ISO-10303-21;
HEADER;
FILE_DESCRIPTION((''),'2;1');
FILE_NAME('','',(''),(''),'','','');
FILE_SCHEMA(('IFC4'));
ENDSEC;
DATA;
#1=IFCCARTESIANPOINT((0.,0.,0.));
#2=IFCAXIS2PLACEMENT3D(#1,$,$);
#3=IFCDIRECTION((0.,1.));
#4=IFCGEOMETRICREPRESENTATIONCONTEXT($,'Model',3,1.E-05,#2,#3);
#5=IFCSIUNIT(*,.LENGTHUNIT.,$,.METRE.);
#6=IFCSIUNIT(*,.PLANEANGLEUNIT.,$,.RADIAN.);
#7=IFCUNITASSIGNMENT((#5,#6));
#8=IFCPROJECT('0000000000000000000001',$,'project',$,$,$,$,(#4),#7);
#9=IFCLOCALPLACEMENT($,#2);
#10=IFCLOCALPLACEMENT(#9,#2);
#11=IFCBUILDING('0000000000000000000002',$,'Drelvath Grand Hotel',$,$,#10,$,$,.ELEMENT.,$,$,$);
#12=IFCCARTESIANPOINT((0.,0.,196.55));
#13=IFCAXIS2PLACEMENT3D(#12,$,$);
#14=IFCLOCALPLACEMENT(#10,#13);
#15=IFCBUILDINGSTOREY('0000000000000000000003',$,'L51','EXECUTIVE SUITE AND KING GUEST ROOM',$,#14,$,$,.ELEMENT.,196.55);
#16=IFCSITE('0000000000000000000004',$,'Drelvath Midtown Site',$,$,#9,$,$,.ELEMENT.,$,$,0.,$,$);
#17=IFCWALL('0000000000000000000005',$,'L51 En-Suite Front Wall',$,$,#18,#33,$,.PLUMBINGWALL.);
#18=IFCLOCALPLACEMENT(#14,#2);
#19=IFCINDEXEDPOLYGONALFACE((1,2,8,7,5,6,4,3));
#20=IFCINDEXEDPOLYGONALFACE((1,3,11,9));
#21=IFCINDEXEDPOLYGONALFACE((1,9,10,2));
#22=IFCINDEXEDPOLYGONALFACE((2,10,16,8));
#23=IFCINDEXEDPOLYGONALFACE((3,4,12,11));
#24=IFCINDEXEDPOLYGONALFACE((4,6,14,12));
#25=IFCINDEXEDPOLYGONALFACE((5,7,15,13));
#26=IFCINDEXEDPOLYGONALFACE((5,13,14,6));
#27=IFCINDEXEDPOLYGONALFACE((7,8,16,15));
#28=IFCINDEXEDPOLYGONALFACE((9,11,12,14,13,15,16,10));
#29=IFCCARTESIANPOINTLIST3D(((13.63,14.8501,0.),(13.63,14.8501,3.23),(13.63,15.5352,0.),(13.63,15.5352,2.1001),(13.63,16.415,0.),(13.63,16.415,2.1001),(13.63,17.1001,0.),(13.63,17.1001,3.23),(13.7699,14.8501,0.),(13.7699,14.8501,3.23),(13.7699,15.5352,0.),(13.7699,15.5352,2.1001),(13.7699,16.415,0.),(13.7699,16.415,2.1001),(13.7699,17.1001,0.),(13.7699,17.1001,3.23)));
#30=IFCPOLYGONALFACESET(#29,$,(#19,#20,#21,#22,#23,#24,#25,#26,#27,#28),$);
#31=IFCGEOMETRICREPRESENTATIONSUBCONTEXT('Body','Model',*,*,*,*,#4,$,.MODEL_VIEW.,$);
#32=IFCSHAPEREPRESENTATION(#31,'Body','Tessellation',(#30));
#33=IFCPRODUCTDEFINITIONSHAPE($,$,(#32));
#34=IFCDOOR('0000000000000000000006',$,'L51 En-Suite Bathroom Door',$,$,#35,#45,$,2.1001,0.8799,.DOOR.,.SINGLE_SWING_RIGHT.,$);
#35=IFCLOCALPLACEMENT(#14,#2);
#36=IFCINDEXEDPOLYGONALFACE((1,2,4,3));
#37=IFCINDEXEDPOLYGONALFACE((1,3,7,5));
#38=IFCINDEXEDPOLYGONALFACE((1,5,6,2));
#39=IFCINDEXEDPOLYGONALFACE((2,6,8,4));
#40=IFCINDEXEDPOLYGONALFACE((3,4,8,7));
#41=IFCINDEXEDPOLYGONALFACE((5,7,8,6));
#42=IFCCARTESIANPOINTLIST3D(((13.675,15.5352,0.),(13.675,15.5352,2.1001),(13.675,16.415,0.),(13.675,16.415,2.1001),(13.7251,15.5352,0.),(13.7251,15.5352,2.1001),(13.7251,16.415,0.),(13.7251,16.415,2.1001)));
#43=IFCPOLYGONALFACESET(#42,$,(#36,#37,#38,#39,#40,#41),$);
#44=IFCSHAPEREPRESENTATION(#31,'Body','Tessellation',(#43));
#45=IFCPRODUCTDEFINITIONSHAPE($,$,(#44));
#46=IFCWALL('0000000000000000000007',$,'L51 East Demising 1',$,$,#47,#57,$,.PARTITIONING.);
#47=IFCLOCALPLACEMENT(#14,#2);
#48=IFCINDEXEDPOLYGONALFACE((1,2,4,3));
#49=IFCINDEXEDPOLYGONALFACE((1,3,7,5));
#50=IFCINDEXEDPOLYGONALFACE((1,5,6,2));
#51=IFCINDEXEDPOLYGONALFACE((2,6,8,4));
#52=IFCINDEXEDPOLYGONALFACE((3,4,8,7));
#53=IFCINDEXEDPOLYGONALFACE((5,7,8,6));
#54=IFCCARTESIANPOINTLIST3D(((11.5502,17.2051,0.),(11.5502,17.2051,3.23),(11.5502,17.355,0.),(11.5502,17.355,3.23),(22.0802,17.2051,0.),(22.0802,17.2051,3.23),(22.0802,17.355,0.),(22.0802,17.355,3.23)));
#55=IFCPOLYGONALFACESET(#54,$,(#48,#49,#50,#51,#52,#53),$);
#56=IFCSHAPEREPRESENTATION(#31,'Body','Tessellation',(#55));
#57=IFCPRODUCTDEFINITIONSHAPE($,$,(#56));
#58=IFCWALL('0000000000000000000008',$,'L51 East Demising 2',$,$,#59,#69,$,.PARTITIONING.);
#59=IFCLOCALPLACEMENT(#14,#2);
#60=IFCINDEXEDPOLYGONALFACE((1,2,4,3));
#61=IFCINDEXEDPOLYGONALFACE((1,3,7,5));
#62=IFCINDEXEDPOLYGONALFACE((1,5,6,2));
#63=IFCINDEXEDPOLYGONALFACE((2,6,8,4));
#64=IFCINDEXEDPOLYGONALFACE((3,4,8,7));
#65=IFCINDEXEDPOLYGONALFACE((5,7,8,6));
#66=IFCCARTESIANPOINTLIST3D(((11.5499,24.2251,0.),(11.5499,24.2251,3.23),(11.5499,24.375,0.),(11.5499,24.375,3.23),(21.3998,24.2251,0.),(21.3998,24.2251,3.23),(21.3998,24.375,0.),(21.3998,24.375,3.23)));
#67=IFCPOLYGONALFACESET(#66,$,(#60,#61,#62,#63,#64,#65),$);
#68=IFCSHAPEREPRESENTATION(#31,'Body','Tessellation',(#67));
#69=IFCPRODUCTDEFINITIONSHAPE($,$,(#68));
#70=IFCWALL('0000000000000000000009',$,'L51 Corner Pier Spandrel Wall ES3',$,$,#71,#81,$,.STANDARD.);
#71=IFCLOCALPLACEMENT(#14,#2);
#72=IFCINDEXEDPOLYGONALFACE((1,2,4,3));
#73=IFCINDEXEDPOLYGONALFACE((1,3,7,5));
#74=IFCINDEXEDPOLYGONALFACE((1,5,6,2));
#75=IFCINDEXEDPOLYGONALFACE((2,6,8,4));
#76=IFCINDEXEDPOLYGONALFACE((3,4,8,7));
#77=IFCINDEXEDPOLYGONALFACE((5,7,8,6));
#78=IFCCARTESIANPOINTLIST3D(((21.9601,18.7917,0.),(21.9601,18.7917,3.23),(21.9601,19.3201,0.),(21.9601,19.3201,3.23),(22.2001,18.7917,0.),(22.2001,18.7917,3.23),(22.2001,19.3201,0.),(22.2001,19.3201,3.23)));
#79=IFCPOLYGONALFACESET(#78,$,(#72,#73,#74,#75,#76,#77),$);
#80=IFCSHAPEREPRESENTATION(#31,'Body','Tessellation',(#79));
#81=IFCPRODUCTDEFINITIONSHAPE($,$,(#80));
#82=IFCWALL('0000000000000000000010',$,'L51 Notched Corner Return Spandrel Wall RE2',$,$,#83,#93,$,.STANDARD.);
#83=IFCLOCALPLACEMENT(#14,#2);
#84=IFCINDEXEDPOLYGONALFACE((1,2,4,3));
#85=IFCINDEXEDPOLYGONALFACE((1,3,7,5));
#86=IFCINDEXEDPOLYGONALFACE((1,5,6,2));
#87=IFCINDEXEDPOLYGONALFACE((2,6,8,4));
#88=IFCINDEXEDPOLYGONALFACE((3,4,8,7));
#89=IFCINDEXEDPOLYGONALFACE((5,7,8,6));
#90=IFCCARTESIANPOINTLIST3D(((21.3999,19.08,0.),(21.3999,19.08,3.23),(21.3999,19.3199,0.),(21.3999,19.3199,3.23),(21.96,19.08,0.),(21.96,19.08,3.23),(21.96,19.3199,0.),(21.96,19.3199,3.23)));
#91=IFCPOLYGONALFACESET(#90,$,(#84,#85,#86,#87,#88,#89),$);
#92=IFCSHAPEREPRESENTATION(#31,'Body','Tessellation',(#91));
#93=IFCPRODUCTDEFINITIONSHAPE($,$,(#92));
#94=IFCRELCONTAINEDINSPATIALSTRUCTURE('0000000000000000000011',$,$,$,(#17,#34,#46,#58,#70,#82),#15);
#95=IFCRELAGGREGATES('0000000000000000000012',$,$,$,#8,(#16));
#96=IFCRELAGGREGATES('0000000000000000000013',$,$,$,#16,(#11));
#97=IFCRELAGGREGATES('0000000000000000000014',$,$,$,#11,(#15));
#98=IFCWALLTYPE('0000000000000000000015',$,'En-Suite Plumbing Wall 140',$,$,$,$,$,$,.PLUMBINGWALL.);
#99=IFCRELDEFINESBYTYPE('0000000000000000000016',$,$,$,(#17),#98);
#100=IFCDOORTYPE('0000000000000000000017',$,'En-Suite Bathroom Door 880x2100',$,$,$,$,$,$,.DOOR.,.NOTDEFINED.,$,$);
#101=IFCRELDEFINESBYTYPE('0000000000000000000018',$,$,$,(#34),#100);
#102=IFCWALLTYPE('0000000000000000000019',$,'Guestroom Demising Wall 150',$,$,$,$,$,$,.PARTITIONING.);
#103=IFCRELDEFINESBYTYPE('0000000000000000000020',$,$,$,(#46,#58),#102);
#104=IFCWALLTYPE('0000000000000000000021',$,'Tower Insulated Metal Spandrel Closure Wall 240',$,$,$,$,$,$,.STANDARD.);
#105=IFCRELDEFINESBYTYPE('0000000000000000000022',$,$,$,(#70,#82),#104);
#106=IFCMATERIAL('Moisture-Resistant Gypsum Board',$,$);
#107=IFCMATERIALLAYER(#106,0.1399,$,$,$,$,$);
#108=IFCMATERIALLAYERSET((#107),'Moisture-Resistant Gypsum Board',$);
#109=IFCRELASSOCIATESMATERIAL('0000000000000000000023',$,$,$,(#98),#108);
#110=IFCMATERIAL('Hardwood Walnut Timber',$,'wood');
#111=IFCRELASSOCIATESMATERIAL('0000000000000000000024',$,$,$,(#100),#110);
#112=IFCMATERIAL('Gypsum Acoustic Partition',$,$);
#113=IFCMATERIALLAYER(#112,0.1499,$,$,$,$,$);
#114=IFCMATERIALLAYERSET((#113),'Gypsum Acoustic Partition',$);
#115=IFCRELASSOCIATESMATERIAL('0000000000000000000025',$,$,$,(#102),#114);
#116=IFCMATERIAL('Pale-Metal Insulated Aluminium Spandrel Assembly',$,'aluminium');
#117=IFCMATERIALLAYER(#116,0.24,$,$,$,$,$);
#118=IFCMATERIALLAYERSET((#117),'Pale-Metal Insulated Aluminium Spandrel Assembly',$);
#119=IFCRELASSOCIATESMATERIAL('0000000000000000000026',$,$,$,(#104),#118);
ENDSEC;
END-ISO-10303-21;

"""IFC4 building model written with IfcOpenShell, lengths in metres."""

from ifc_helpers import new_model, si_unit, direction, frame, frame_2d, origin, place, context, subcontext, project, spatial, rectangle, extrude, material, layer, layer_set, type_object, element, fill, save


model = new_model("IFC4")

# Units and contexts
model_context = context("Model", 3, precision=1e-05, world=origin(), true_north=direction((0.0, 1.0)))
body_context = subcontext(model_context, "Body", "Model", "MODEL_VIEW")
ifc_project = project(units=[si_unit("LENGTHUNIT", "METRE"), si_unit("PLANEANGLEUNIT", "RADIAN")], contexts=[model_context])

# Site, building, storey
site_placement = place(None, origin())
site = spatial("IfcSite", under=ifc_project, at=site_placement, Name="Drelvath Midtown Site", CompositionType="ELEMENT", RefElevation=0.0)
building_placement = place(site_placement, origin())
building = spatial("IfcBuilding", under=site, at=building_placement, Name="Drelvath Grand Hotel", CompositionType="ELEMENT")
storey_placement = place(building_placement, frame((0.0, 0.0, 196.55)))
storey = spatial("IfcBuildingStorey", under=building, at=storey_placement, Name="L51", Description="EXECUTIVE SUITE AND KING GUEST ROOM", CompositionType="ELEMENT", Elevation=196.55)

# Wall, opening, door
ifc_material_1 = material(Name="Moisture-Resistant Gypsum Board")
ifc_layer_1 = layer(ifc_material_1, 0.1399)
ifc_layer_set_1 = layer_set([ifc_layer_1], Name="Moisture-Resistant Gypsum Board")
wall_type_1 = type_object("IfcWallType", Name="En-Suite Plumbing Wall 140", PredefinedType="PLUMBINGWALL", material=ifc_layer_set_1)
wall_1_placement = place(storey_placement, frame((13.7, 14.8501, 0.0), z_axis=(0.0, 0.0, 1.0), x_axis=(0.0, 1.0, 0.0)))
wall_1 = element("IfcWall", 1, at=wall_1_placement, inside=storey, type_object=wall_type_1, Name="L51 En-Suite Front Wall", PredefinedType="PLUMBINGWALL", context=body_context, shape_type="SweptSolid", body=[
    extrude(rectangle(XDim=2.25, YDim=0.1399, at=frame_2d((1.125, 0.0))), origin(), (0.0, 0.0, 1.0), 3.23),
])
opening_placement = place(wall_1_placement, frame((0.6851, 0.0, 0.0)))
opening = element("IfcOpeningElement", 2, at=opening_placement, cuts=wall_1, PredefinedType="OPENING", context=body_context, shape_type="SweptSolid", body=[
    extrude(rectangle(XDim=0.8799, YDim=2.1001, at=frame_2d((0.4399, 1.05))), frame((0.0, 0.0798, 0.0), z_axis=(0.0, -1.0, 0.0), x_axis=(1.0, 0.0, 0.0)), (0.0, 0.0, 1.0), 0.1599),
])
ifc_material_2 = material(Name="Hardwood Walnut Timber", Category="wood")
door_type = type_object("IfcDoorType", Name="En-Suite Bathroom Door 880x2100", OperationType="NOTDEFINED", PredefinedType="DOOR", material=ifc_material_2)
door_placement = place(opening_placement, origin())
door = element("IfcDoor", 3, at=door_placement, inside=storey, type_object=door_type, Name="L51 En-Suite Bathroom Door", OperationType="SINGLE_SWING_RIGHT", OverallHeight=2.1001, OverallWidth=0.8799, PredefinedType="DOOR", context=body_context, shape_type="SweptSolid", body=[
    extrude(rectangle(XDim=0.8799, YDim=2.1001, at=frame_2d((0.4399, 1.05))), frame((0.0, 0.0249, 0.0), z_axis=(0.0, -1.0, 0.0), x_axis=(1.0, 0.0, 0.0)), (0.0, 0.0, 1.0), 0.05),
])
fill(opening, door)

# Walls
ifc_material_3 = material(Name="Gypsum Acoustic Partition")
ifc_layer_2 = layer(ifc_material_3, 0.1499)
ifc_layer_set_2 = layer_set([ifc_layer_2], Name="Gypsum Acoustic Partition")
wall_type_2 = type_object("IfcWallType", Name="Guestroom Demising Wall 150", PredefinedType="PARTITIONING", material=ifc_layer_set_2)
wall_2_placement = place(storey_placement, frame((11.55, 17.28, 0.0), z_axis=(0.0, 0.0, 1.0), x_axis=(1.0, 0.0, 0.0)))
element("IfcWall", 4, at=wall_2_placement, inside=storey, type_object=wall_type_2, Name="L51 East Demising 1", PredefinedType="PARTITIONING", context=body_context, shape_type="SweptSolid", body=[
    extrude(rectangle(XDim=10.53, YDim=0.1499, at=frame_2d((5.2651, 0.0))), origin(), (0.0, 0.0, 1.0), 3.23),
])
wall_3_placement = place(storey_placement, frame((11.55, 24.3, 0.0), z_axis=(0.0, 0.0, 1.0), x_axis=(1.0, 0.0, 0.0)))
element("IfcWall", 5, at=wall_3_placement, inside=storey, type_object=wall_type_2, Name="L51 East Demising 2", PredefinedType="PARTITIONING", context=body_context, shape_type="SweptSolid", body=[
    extrude(rectangle(XDim=9.8499, YDim=0.1499, at=frame_2d((4.9248, 0.0))), origin(), (0.0, 0.0, 1.0), 3.23),
])
ifc_material_4 = material(Name="Pale-Metal Insulated Aluminium Spandrel Assembly", Category="aluminium")
ifc_layer_3 = layer(ifc_material_4, 0.24)
ifc_layer_set_3 = layer_set([ifc_layer_3], Name="Pale-Metal Insulated Aluminium Spandrel Assembly")
wall_type_3 = type_object("IfcWallType", Name="Tower Insulated Metal Spandrel Closure Wall 240", PredefinedType="STANDARD", material=ifc_layer_set_3)
wall_4_placement = place(storey_placement, frame((22.0801, 19.3201, 0.0), z_axis=(0.0, 0.0, 1.0), x_axis=(0.0, -1.0, 0.0)))
element("IfcWall", 6, at=wall_4_placement, inside=storey, type_object=wall_type_3, Name="L51 Corner Pier Spandrel Wall ES3", PredefinedType="STANDARD", context=body_context, shape_type="SweptSolid", body=[
    extrude(rectangle(XDim=0.5283, YDim=0.24, at=frame_2d((0.2642, 0.0))), origin(), (0.0, 0.0, 1.0), 3.23),
])
wall_5_placement = place(storey_placement, frame((21.3999, 19.2, 0.0), z_axis=(0.0, 0.0, 1.0), x_axis=(1.0, 0.0, 0.0)))
element("IfcWall", 7, at=wall_5_placement, inside=storey, type_object=wall_type_3, Name="L51 Notched Corner Return Spandrel Wall RE2", PredefinedType="STANDARD", context=body_context, shape_type="SweptSolid", body=[
    extrude(rectangle(XDim=0.5601, YDim=0.24, at=frame_2d((0.28, 0.0))), origin(), (0.0, 0.0, 1.0), 3.23),
])

save(model, "model.ifc")
